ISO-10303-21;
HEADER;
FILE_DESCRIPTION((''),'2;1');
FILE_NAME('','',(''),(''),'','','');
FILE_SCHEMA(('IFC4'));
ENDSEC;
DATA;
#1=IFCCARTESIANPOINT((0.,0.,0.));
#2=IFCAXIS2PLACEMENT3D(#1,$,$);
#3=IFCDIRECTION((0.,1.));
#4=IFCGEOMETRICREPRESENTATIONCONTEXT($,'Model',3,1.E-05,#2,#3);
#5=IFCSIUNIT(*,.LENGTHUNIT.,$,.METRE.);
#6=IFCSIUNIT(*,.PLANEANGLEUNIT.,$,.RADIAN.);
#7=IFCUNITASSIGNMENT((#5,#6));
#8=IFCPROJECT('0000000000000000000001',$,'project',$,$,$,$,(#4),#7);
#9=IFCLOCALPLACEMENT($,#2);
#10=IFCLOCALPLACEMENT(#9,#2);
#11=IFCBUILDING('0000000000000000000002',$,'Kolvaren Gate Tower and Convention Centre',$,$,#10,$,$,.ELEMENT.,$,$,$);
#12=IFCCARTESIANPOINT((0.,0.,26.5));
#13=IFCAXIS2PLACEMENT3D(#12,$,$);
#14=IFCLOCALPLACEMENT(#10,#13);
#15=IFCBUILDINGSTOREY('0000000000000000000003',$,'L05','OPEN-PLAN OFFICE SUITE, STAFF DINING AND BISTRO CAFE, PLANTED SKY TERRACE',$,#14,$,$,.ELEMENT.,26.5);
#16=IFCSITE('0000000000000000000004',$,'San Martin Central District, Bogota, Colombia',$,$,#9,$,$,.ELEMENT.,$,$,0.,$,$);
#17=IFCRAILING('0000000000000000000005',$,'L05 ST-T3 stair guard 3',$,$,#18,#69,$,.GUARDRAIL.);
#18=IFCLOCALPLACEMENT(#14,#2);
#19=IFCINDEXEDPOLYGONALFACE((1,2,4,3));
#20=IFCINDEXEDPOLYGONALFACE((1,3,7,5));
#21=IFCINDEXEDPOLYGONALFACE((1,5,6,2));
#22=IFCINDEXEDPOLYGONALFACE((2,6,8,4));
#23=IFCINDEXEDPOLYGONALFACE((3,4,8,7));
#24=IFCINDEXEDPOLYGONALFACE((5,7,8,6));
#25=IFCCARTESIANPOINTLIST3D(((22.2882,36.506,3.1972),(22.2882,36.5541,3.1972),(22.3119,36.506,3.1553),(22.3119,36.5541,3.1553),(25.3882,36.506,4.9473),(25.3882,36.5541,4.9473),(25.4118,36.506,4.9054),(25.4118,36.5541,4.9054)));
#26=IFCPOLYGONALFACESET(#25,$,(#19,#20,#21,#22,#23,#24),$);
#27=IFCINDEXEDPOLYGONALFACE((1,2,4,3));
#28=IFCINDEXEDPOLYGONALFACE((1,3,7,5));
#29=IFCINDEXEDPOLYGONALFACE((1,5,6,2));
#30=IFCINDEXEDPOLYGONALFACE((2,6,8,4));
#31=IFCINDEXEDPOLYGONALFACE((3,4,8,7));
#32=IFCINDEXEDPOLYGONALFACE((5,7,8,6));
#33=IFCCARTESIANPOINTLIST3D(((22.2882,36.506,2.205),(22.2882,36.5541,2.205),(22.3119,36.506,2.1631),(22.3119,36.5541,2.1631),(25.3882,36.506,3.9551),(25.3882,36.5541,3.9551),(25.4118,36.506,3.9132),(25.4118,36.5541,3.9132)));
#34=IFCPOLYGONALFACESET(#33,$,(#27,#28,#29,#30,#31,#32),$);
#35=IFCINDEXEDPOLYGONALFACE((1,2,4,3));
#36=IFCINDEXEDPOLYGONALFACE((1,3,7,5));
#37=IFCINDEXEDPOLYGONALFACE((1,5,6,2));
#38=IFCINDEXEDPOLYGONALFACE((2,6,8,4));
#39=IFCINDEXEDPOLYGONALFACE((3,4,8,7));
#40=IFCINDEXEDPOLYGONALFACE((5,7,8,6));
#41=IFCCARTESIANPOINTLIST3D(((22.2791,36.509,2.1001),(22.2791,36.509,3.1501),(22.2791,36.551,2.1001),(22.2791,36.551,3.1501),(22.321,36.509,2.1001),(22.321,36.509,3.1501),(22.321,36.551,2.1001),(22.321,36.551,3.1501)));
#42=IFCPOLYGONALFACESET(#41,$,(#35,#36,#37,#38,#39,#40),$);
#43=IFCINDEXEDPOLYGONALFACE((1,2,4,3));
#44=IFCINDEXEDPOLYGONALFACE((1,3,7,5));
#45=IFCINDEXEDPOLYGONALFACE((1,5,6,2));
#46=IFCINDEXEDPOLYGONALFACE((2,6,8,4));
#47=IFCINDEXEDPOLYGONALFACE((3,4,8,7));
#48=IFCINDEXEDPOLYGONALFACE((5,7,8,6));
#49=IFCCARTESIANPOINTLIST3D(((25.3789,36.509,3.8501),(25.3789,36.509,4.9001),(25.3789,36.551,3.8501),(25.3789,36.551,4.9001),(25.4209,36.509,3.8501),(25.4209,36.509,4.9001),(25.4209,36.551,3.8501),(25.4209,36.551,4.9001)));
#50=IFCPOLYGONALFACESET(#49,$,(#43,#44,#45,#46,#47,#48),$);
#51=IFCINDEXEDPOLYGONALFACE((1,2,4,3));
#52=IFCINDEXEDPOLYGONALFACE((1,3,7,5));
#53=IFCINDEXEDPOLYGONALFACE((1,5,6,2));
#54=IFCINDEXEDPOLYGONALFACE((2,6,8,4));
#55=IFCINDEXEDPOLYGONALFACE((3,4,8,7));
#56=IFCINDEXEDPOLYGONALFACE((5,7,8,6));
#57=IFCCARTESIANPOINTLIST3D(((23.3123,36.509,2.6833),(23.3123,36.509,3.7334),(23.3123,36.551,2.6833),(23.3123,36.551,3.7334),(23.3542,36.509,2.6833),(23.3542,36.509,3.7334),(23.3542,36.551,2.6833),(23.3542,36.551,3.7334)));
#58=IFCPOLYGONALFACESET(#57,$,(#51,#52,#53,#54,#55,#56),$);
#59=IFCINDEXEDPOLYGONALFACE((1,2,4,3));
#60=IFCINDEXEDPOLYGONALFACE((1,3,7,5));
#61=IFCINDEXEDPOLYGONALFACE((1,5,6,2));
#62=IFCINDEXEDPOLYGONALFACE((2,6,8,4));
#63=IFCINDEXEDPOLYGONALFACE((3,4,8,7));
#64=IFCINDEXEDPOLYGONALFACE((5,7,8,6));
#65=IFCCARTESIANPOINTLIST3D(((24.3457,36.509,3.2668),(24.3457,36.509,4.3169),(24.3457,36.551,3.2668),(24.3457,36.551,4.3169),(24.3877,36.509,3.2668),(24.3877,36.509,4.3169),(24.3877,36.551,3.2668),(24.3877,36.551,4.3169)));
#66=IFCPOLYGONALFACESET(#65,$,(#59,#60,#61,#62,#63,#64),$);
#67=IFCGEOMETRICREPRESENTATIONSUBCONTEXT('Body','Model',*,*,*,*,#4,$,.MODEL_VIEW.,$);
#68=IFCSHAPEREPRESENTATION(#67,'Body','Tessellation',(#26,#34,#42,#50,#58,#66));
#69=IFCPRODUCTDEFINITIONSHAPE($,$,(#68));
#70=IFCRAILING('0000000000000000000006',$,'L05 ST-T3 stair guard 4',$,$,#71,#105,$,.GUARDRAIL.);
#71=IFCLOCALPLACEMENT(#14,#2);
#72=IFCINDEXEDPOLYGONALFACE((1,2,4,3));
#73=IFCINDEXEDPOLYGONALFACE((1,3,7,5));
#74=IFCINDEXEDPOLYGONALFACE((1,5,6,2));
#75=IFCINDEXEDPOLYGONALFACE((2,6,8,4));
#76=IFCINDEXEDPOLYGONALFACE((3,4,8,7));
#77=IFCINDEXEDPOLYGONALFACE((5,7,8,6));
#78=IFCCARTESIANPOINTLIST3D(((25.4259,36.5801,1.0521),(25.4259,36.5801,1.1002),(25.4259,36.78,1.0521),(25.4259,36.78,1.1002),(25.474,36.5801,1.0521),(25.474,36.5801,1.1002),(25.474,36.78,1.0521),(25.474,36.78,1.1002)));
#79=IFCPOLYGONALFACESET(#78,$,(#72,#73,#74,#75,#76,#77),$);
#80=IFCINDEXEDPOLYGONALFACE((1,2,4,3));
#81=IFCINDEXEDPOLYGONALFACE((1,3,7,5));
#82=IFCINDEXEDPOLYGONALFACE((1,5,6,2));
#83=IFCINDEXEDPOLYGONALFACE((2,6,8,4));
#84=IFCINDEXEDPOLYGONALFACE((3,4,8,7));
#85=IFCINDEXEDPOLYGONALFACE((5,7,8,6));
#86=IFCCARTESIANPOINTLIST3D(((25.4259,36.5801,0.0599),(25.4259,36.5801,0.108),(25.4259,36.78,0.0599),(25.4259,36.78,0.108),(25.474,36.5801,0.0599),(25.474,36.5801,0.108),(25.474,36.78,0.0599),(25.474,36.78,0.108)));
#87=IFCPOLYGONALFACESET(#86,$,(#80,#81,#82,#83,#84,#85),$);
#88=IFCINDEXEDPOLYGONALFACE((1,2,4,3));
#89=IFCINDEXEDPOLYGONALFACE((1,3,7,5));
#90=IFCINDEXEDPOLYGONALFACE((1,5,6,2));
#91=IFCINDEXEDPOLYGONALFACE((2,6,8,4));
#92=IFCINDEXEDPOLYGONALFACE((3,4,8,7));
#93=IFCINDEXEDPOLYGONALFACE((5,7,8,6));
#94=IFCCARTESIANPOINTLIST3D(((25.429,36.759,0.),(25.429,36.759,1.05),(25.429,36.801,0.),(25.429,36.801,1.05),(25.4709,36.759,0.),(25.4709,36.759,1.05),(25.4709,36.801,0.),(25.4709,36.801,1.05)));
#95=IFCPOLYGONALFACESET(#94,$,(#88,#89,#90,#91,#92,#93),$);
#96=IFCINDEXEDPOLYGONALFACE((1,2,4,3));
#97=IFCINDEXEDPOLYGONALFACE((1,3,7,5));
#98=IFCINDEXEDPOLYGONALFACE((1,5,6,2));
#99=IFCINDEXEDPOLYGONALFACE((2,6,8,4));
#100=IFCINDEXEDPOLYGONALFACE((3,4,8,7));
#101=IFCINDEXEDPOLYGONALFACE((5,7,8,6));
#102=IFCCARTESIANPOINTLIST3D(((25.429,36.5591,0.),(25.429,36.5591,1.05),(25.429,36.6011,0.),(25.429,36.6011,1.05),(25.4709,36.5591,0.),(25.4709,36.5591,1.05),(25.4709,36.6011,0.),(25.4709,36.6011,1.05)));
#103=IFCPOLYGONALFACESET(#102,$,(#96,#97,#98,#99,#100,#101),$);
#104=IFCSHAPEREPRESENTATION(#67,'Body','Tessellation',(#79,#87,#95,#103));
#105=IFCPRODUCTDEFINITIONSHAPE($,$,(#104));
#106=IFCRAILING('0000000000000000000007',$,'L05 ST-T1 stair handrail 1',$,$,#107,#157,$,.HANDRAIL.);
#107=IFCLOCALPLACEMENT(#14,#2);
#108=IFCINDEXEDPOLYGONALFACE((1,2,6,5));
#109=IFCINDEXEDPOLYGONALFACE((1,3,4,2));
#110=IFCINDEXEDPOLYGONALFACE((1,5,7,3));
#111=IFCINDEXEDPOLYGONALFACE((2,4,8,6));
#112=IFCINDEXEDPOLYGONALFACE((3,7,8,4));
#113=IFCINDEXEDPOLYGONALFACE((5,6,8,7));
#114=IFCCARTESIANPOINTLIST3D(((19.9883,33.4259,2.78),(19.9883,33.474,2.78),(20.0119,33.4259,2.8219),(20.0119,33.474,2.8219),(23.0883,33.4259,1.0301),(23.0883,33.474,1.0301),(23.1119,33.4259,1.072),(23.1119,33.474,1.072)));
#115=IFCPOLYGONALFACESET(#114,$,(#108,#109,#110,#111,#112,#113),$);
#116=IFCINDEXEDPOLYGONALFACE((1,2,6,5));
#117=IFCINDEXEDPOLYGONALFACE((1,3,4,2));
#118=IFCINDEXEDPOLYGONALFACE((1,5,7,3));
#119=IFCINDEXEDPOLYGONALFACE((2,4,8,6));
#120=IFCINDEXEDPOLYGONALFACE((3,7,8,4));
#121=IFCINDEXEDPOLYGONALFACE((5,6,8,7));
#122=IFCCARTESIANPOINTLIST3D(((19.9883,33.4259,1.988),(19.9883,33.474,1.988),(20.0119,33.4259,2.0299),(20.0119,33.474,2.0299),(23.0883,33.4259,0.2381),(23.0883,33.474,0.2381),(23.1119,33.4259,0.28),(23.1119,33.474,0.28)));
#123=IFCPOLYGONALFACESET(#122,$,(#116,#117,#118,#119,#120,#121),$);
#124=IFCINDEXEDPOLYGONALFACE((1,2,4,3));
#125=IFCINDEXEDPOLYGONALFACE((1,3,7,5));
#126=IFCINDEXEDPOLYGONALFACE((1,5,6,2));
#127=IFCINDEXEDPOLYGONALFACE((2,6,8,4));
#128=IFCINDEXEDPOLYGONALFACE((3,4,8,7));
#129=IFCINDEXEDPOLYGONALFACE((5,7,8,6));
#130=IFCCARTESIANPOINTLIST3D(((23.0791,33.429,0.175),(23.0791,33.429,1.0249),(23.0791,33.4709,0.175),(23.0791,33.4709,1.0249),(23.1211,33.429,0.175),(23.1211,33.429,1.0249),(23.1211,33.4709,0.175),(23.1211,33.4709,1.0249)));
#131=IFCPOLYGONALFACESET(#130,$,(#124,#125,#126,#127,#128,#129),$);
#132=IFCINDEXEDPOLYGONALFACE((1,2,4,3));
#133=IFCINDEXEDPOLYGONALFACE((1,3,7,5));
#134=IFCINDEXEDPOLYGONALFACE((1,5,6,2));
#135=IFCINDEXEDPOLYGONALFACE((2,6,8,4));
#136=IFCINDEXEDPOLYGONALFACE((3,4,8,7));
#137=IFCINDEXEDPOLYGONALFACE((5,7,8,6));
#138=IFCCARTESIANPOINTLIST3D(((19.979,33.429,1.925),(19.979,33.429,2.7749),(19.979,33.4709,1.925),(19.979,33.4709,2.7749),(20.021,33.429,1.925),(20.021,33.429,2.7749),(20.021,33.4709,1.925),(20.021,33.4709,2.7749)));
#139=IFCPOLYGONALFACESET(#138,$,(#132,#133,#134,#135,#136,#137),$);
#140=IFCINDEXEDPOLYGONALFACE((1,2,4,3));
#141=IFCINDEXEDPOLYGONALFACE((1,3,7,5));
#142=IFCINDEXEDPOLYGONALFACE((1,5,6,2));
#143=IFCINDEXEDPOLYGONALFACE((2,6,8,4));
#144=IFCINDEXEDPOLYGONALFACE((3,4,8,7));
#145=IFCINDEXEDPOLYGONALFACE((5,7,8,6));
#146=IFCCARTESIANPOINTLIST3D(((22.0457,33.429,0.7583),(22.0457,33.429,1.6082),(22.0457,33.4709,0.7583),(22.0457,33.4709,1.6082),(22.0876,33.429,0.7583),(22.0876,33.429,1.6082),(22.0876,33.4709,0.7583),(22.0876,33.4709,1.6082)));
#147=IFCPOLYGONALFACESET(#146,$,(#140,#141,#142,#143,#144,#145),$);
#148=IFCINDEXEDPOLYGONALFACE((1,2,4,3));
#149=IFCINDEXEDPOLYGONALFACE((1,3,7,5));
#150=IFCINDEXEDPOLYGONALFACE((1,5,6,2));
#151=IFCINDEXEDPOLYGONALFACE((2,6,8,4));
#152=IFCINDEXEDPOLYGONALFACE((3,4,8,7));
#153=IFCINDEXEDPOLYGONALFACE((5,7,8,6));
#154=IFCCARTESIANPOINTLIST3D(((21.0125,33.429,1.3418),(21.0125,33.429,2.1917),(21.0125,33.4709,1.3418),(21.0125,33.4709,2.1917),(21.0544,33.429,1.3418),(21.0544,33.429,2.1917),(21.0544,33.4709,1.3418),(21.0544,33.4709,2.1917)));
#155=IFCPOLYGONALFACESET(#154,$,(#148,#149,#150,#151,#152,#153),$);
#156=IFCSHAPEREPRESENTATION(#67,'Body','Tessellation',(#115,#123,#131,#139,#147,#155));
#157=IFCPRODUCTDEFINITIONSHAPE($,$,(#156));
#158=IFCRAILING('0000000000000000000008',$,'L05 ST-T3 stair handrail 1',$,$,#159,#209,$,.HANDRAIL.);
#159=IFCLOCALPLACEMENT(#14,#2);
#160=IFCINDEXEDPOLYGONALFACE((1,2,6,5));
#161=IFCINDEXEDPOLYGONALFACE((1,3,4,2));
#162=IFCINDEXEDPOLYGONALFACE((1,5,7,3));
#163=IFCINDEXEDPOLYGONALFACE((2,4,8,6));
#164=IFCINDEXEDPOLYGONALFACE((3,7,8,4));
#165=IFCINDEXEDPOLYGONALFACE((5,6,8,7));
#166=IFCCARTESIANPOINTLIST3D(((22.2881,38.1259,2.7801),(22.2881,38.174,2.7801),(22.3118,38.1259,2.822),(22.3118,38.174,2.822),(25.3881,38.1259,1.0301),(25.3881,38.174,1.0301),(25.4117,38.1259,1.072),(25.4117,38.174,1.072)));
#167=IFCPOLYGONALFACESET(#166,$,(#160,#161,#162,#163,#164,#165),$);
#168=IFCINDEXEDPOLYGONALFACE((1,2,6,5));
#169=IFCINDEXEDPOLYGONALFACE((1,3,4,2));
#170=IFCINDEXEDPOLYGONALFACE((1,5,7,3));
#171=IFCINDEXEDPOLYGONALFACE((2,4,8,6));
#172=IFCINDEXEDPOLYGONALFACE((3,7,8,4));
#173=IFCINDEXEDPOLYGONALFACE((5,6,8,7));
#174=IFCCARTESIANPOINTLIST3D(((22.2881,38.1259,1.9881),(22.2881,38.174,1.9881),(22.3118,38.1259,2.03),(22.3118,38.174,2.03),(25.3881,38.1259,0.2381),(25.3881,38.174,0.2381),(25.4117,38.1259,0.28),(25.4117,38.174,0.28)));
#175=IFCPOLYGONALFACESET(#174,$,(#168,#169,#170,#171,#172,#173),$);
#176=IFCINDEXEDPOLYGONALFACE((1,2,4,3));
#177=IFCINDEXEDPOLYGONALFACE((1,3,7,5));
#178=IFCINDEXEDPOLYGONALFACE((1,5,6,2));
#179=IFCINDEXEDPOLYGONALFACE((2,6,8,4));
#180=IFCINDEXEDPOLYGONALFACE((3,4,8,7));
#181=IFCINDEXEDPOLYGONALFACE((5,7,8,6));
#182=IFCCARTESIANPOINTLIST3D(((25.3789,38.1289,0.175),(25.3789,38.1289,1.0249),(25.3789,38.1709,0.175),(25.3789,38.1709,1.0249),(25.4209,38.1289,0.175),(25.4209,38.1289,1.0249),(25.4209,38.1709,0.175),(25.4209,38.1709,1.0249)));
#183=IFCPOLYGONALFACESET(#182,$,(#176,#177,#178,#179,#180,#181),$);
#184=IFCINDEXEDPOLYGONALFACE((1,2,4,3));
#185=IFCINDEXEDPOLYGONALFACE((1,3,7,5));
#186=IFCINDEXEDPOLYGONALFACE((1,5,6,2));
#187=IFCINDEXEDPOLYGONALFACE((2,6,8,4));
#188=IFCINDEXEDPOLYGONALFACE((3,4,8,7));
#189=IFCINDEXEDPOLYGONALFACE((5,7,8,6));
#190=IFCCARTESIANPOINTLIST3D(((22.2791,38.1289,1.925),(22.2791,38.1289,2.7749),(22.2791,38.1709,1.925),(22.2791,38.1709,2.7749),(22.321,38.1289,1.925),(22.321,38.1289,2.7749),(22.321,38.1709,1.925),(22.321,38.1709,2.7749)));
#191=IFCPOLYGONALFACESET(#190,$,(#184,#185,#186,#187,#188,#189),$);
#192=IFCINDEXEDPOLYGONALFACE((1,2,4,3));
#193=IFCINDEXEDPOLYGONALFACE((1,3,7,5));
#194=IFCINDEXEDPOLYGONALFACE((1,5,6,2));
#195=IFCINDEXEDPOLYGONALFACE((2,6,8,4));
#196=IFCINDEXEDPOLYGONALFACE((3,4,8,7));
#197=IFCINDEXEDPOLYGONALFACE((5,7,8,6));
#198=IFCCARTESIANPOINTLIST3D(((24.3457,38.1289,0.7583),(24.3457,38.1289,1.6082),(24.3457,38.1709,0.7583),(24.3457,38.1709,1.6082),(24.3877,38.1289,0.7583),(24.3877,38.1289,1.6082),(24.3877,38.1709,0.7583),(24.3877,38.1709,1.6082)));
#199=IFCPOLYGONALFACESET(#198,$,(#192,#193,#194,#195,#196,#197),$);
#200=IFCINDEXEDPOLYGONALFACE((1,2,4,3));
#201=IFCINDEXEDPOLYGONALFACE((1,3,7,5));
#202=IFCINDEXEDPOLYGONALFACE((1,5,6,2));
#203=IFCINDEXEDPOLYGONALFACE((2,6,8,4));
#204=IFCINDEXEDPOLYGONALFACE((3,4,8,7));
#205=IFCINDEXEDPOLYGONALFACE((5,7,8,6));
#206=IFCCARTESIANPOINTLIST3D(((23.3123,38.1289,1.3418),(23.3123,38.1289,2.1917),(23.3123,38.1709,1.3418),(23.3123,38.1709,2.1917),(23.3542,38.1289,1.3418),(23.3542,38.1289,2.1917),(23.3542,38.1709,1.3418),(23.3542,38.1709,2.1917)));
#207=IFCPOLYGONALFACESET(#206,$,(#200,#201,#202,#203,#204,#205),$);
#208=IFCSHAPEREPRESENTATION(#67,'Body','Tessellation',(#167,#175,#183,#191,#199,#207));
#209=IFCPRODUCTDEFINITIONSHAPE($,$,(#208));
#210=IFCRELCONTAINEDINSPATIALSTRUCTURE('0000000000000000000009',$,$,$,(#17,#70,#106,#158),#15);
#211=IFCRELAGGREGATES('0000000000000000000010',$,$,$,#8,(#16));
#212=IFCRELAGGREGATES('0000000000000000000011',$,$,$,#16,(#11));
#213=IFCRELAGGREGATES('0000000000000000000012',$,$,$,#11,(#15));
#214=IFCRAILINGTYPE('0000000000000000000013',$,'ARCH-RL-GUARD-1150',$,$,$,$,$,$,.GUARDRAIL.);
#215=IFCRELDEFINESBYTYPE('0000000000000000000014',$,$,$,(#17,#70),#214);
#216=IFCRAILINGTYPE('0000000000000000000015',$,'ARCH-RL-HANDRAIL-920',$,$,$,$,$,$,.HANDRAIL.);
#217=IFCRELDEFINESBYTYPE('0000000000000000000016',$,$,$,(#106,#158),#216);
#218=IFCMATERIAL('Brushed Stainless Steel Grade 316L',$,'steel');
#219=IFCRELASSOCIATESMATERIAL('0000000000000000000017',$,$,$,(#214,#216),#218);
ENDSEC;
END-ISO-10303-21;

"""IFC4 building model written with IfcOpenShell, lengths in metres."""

from ifc_helpers import new_model, si_unit, direction, frame, origin, origin_2d, place, context, subcontext, project, spatial, rectangle, extrude, material, type_object, element, save


model = new_model("IFC4")

# Units and contexts
model_context = context("Model", 3, precision=1e-05, world=origin(), true_north=direction((0.0, 1.0)))
body_context = subcontext(model_context, "Body", "Model", "MODEL_VIEW")
ifc_project = project(units=[si_unit("LENGTHUNIT", "METRE"), si_unit("PLANEANGLEUNIT", "RADIAN")], contexts=[model_context])

# Site, building, storey
site_placement = place(None, origin())
site = spatial("IfcSite", under=ifc_project, at=site_placement, Name="San Martin Central District, Bogota, Colombia", CompositionType="ELEMENT", RefElevation=0.0)
building_placement = place(site_placement, origin())
building = spatial("IfcBuilding", under=site, at=building_placement, Name="Kolvaren Gate Tower and Convention Centre", CompositionType="ELEMENT")
storey_placement = place(building_placement, frame((0.0, 0.0, 26.5)))
storey = spatial("IfcBuildingStorey", under=building, at=storey_placement, Name="L05", Description="OPEN-PLAN OFFICE SUITE, STAFF DINING AND BISTRO CAFE, PLANTED SKY TERRACE", CompositionType="ELEMENT", Elevation=26.5)

# Railings
ifc_material_1 = material(Name="Brushed Stainless Steel Grade 316L", Category="steel")
railing_type_1 = type_object("IfcRailingType", Name="ARCH-RL-GUARD-1150", PredefinedType="GUARDRAIL", material=ifc_material_1)
railing_1_placement = place(storey_placement, frame((22.3, 36.53, 2.1001)))
element("IfcRailing", 1, at=railing_1_placement, inside=storey, type_object=railing_type_1, Name="L05 ST-T3 stair guard 3", PredefinedType="GUARDRAIL", context=body_context, shape_type="SweptSolid", body=[
    extrude(rectangle(XDim=0.0481, YDim=0.0481, at=origin_2d()), frame((0.0, 0.0, 1.0762), z_axis=(0.870814, 0.0, 0.491612), x_axis=(0.0, 1.0, 0.0)), (0.0, 0.0, 1.0), 3.5598),
    extrude(rectangle(XDim=0.0481, YDim=0.0481, at=origin_2d()), frame((0.0, 0.0, 0.084), z_axis=(0.870814, 0.0, 0.491612), x_axis=(0.0, 1.0, 0.0)), (0.0, 0.0, 1.0), 3.5598),
    extrude(rectangle(XDim=0.042, YDim=0.042, at=origin_2d()), origin(), (0.0, 0.0, 1.0), 1.05),
    extrude(rectangle(XDim=0.042, YDim=0.042, at=origin_2d()), frame((3.0999, 0.0, 1.75)), (0.0, 0.0, 1.0), 1.05),
    extrude(rectangle(XDim=0.042, YDim=0.042, at=origin_2d()), frame((1.0332, 0.0, 0.5833)), (0.0, 0.0, 1.0), 1.05),
    extrude(rectangle(XDim=0.042, YDim=0.042, at=origin_2d()), frame((2.0667, 0.0, 1.1667)), (0.0, 0.0, 1.0), 1.05),
])
railing_2_placement = place(storey_placement, frame((25.45, 36.78, 0.0)))
element("IfcRailing", 2, at=railing_2_placement, inside=storey, type_object=railing_type_1, Name="L05 ST-T3 stair guard 4", PredefinedType="GUARDRAIL", context=body_context, shape_type="SweptSolid", body=[
    extrude(rectangle(XDim=0.0481, YDim=0.0481, at=origin_2d()), frame((0.0, 0.0, 1.0762), z_axis=(0.0, -1.0, 0.0), x_axis=(1.0, 0.0, 0.0)), (0.0, 0.0, 1.0), 0.2),
    extrude(rectangle(XDim=0.0481, YDim=0.0481, at=origin_2d()), frame((0.0, 0.0, 0.084), z_axis=(0.0, -1.0, 0.0), x_axis=(1.0, 0.0, 0.0)), (0.0, 0.0, 1.0), 0.2),
    extrude(rectangle(XDim=0.042, YDim=0.042, at=origin_2d()), origin(), (0.0, 0.0, 1.0), 1.05),
    extrude(rectangle(XDim=0.042, YDim=0.042, at=origin_2d()), frame((0.0, -0.2, 0.0)), (0.0, 0.0, 1.0), 1.05),
])
railing_type_2 = type_object("IfcRailingType", Name="ARCH-RL-HANDRAIL-920", PredefinedType="HANDRAIL", material=ifc_material_1)
railing_3_placement = place(storey_placement, frame((23.1001, 33.45, 0.175)))
element("IfcRailing", 3, at=railing_3_placement, inside=storey, type_object=railing_type_2, Name="L05 ST-T1 stair handrail 1", PredefinedType="HANDRAIL", context=body_context, shape_type="SweptSolid", body=[
    extrude(rectangle(XDim=0.0481, YDim=0.0481, at=origin_2d()), frame((0.0, 0.0, 0.876), z_axis=(-0.870831, 0.0, 0.491583), x_axis=(0.0, -1.0, 0.0)), (0.0, 0.0, 1.0), 3.5598),
    extrude(rectangle(XDim=0.0481, YDim=0.0481, at=origin_2d()), frame((0.0, 0.0, 0.084), z_axis=(-0.870831, 0.0, 0.491583), x_axis=(0.0, -1.0, 0.0)), (0.0, 0.0, 1.0), 3.5598),
    extrude(rectangle(XDim=0.042, YDim=0.042, at=origin_2d()), origin(), (0.0, 0.0, 1.0), 0.8499),
    extrude(rectangle(XDim=0.042, YDim=0.042, at=origin_2d()), frame((-3.1001, 0.0, 1.75)), (0.0, 0.0, 1.0), 0.8499),
    extrude(rectangle(XDim=0.042, YDim=0.042, at=origin_2d()), frame((-1.0334, 0.0, 0.5833)), (0.0, 0.0, 1.0), 0.8499),
    extrude(rectangle(XDim=0.042, YDim=0.042, at=origin_2d()), frame((-2.0667, 0.0, 1.1667)), (0.0, 0.0, 1.0), 0.8499),
])
railing_4_placement = place(storey_placement, frame((25.3999, 38.1499, 0.175)))
element("IfcRailing", 4, at=railing_4_placement, inside=storey, type_object=railing_type_2, Name="L05 ST-T3 stair handrail 1", PredefinedType="HANDRAIL", context=body_context, shape_type="SweptSolid", body=[
    extrude(rectangle(XDim=0.0481, YDim=0.0481, at=origin_2d()), frame((0.0, 0.0, 0.876), z_axis=(-0.870814, 0.0, 0.491612), x_axis=(0.0, -1.0, 0.0)), (0.0, 0.0, 1.0), 3.5598),
    extrude(rectangle(XDim=0.0481, YDim=0.0481, at=origin_2d()), frame((0.0, 0.0, 0.084), z_axis=(-0.870814, 0.0, 0.491612), x_axis=(0.0, -1.0, 0.0)), (0.0, 0.0, 1.0), 3.5598),
    extrude(rectangle(XDim=0.042, YDim=0.042, at=origin_2d()), origin(), (0.0, 0.0, 1.0), 0.8499),
    extrude(rectangle(XDim=0.042, YDim=0.042, at=origin_2d()), frame((-3.0999, 0.0, 1.75)), (0.0, 0.0, 1.0), 0.8499),
    extrude(rectangle(XDim=0.042, YDim=0.042, at=origin_2d()), frame((-1.0332, 0.0, 0.5833)), (0.0, 0.0, 1.0), 0.8499),
    extrude(rectangle(XDim=0.042, YDim=0.042, at=origin_2d()), frame((-2.0667, 0.0, 1.1667)), (0.0, 0.0, 1.0), 0.8499),
])

save(model, "model.ifc")
